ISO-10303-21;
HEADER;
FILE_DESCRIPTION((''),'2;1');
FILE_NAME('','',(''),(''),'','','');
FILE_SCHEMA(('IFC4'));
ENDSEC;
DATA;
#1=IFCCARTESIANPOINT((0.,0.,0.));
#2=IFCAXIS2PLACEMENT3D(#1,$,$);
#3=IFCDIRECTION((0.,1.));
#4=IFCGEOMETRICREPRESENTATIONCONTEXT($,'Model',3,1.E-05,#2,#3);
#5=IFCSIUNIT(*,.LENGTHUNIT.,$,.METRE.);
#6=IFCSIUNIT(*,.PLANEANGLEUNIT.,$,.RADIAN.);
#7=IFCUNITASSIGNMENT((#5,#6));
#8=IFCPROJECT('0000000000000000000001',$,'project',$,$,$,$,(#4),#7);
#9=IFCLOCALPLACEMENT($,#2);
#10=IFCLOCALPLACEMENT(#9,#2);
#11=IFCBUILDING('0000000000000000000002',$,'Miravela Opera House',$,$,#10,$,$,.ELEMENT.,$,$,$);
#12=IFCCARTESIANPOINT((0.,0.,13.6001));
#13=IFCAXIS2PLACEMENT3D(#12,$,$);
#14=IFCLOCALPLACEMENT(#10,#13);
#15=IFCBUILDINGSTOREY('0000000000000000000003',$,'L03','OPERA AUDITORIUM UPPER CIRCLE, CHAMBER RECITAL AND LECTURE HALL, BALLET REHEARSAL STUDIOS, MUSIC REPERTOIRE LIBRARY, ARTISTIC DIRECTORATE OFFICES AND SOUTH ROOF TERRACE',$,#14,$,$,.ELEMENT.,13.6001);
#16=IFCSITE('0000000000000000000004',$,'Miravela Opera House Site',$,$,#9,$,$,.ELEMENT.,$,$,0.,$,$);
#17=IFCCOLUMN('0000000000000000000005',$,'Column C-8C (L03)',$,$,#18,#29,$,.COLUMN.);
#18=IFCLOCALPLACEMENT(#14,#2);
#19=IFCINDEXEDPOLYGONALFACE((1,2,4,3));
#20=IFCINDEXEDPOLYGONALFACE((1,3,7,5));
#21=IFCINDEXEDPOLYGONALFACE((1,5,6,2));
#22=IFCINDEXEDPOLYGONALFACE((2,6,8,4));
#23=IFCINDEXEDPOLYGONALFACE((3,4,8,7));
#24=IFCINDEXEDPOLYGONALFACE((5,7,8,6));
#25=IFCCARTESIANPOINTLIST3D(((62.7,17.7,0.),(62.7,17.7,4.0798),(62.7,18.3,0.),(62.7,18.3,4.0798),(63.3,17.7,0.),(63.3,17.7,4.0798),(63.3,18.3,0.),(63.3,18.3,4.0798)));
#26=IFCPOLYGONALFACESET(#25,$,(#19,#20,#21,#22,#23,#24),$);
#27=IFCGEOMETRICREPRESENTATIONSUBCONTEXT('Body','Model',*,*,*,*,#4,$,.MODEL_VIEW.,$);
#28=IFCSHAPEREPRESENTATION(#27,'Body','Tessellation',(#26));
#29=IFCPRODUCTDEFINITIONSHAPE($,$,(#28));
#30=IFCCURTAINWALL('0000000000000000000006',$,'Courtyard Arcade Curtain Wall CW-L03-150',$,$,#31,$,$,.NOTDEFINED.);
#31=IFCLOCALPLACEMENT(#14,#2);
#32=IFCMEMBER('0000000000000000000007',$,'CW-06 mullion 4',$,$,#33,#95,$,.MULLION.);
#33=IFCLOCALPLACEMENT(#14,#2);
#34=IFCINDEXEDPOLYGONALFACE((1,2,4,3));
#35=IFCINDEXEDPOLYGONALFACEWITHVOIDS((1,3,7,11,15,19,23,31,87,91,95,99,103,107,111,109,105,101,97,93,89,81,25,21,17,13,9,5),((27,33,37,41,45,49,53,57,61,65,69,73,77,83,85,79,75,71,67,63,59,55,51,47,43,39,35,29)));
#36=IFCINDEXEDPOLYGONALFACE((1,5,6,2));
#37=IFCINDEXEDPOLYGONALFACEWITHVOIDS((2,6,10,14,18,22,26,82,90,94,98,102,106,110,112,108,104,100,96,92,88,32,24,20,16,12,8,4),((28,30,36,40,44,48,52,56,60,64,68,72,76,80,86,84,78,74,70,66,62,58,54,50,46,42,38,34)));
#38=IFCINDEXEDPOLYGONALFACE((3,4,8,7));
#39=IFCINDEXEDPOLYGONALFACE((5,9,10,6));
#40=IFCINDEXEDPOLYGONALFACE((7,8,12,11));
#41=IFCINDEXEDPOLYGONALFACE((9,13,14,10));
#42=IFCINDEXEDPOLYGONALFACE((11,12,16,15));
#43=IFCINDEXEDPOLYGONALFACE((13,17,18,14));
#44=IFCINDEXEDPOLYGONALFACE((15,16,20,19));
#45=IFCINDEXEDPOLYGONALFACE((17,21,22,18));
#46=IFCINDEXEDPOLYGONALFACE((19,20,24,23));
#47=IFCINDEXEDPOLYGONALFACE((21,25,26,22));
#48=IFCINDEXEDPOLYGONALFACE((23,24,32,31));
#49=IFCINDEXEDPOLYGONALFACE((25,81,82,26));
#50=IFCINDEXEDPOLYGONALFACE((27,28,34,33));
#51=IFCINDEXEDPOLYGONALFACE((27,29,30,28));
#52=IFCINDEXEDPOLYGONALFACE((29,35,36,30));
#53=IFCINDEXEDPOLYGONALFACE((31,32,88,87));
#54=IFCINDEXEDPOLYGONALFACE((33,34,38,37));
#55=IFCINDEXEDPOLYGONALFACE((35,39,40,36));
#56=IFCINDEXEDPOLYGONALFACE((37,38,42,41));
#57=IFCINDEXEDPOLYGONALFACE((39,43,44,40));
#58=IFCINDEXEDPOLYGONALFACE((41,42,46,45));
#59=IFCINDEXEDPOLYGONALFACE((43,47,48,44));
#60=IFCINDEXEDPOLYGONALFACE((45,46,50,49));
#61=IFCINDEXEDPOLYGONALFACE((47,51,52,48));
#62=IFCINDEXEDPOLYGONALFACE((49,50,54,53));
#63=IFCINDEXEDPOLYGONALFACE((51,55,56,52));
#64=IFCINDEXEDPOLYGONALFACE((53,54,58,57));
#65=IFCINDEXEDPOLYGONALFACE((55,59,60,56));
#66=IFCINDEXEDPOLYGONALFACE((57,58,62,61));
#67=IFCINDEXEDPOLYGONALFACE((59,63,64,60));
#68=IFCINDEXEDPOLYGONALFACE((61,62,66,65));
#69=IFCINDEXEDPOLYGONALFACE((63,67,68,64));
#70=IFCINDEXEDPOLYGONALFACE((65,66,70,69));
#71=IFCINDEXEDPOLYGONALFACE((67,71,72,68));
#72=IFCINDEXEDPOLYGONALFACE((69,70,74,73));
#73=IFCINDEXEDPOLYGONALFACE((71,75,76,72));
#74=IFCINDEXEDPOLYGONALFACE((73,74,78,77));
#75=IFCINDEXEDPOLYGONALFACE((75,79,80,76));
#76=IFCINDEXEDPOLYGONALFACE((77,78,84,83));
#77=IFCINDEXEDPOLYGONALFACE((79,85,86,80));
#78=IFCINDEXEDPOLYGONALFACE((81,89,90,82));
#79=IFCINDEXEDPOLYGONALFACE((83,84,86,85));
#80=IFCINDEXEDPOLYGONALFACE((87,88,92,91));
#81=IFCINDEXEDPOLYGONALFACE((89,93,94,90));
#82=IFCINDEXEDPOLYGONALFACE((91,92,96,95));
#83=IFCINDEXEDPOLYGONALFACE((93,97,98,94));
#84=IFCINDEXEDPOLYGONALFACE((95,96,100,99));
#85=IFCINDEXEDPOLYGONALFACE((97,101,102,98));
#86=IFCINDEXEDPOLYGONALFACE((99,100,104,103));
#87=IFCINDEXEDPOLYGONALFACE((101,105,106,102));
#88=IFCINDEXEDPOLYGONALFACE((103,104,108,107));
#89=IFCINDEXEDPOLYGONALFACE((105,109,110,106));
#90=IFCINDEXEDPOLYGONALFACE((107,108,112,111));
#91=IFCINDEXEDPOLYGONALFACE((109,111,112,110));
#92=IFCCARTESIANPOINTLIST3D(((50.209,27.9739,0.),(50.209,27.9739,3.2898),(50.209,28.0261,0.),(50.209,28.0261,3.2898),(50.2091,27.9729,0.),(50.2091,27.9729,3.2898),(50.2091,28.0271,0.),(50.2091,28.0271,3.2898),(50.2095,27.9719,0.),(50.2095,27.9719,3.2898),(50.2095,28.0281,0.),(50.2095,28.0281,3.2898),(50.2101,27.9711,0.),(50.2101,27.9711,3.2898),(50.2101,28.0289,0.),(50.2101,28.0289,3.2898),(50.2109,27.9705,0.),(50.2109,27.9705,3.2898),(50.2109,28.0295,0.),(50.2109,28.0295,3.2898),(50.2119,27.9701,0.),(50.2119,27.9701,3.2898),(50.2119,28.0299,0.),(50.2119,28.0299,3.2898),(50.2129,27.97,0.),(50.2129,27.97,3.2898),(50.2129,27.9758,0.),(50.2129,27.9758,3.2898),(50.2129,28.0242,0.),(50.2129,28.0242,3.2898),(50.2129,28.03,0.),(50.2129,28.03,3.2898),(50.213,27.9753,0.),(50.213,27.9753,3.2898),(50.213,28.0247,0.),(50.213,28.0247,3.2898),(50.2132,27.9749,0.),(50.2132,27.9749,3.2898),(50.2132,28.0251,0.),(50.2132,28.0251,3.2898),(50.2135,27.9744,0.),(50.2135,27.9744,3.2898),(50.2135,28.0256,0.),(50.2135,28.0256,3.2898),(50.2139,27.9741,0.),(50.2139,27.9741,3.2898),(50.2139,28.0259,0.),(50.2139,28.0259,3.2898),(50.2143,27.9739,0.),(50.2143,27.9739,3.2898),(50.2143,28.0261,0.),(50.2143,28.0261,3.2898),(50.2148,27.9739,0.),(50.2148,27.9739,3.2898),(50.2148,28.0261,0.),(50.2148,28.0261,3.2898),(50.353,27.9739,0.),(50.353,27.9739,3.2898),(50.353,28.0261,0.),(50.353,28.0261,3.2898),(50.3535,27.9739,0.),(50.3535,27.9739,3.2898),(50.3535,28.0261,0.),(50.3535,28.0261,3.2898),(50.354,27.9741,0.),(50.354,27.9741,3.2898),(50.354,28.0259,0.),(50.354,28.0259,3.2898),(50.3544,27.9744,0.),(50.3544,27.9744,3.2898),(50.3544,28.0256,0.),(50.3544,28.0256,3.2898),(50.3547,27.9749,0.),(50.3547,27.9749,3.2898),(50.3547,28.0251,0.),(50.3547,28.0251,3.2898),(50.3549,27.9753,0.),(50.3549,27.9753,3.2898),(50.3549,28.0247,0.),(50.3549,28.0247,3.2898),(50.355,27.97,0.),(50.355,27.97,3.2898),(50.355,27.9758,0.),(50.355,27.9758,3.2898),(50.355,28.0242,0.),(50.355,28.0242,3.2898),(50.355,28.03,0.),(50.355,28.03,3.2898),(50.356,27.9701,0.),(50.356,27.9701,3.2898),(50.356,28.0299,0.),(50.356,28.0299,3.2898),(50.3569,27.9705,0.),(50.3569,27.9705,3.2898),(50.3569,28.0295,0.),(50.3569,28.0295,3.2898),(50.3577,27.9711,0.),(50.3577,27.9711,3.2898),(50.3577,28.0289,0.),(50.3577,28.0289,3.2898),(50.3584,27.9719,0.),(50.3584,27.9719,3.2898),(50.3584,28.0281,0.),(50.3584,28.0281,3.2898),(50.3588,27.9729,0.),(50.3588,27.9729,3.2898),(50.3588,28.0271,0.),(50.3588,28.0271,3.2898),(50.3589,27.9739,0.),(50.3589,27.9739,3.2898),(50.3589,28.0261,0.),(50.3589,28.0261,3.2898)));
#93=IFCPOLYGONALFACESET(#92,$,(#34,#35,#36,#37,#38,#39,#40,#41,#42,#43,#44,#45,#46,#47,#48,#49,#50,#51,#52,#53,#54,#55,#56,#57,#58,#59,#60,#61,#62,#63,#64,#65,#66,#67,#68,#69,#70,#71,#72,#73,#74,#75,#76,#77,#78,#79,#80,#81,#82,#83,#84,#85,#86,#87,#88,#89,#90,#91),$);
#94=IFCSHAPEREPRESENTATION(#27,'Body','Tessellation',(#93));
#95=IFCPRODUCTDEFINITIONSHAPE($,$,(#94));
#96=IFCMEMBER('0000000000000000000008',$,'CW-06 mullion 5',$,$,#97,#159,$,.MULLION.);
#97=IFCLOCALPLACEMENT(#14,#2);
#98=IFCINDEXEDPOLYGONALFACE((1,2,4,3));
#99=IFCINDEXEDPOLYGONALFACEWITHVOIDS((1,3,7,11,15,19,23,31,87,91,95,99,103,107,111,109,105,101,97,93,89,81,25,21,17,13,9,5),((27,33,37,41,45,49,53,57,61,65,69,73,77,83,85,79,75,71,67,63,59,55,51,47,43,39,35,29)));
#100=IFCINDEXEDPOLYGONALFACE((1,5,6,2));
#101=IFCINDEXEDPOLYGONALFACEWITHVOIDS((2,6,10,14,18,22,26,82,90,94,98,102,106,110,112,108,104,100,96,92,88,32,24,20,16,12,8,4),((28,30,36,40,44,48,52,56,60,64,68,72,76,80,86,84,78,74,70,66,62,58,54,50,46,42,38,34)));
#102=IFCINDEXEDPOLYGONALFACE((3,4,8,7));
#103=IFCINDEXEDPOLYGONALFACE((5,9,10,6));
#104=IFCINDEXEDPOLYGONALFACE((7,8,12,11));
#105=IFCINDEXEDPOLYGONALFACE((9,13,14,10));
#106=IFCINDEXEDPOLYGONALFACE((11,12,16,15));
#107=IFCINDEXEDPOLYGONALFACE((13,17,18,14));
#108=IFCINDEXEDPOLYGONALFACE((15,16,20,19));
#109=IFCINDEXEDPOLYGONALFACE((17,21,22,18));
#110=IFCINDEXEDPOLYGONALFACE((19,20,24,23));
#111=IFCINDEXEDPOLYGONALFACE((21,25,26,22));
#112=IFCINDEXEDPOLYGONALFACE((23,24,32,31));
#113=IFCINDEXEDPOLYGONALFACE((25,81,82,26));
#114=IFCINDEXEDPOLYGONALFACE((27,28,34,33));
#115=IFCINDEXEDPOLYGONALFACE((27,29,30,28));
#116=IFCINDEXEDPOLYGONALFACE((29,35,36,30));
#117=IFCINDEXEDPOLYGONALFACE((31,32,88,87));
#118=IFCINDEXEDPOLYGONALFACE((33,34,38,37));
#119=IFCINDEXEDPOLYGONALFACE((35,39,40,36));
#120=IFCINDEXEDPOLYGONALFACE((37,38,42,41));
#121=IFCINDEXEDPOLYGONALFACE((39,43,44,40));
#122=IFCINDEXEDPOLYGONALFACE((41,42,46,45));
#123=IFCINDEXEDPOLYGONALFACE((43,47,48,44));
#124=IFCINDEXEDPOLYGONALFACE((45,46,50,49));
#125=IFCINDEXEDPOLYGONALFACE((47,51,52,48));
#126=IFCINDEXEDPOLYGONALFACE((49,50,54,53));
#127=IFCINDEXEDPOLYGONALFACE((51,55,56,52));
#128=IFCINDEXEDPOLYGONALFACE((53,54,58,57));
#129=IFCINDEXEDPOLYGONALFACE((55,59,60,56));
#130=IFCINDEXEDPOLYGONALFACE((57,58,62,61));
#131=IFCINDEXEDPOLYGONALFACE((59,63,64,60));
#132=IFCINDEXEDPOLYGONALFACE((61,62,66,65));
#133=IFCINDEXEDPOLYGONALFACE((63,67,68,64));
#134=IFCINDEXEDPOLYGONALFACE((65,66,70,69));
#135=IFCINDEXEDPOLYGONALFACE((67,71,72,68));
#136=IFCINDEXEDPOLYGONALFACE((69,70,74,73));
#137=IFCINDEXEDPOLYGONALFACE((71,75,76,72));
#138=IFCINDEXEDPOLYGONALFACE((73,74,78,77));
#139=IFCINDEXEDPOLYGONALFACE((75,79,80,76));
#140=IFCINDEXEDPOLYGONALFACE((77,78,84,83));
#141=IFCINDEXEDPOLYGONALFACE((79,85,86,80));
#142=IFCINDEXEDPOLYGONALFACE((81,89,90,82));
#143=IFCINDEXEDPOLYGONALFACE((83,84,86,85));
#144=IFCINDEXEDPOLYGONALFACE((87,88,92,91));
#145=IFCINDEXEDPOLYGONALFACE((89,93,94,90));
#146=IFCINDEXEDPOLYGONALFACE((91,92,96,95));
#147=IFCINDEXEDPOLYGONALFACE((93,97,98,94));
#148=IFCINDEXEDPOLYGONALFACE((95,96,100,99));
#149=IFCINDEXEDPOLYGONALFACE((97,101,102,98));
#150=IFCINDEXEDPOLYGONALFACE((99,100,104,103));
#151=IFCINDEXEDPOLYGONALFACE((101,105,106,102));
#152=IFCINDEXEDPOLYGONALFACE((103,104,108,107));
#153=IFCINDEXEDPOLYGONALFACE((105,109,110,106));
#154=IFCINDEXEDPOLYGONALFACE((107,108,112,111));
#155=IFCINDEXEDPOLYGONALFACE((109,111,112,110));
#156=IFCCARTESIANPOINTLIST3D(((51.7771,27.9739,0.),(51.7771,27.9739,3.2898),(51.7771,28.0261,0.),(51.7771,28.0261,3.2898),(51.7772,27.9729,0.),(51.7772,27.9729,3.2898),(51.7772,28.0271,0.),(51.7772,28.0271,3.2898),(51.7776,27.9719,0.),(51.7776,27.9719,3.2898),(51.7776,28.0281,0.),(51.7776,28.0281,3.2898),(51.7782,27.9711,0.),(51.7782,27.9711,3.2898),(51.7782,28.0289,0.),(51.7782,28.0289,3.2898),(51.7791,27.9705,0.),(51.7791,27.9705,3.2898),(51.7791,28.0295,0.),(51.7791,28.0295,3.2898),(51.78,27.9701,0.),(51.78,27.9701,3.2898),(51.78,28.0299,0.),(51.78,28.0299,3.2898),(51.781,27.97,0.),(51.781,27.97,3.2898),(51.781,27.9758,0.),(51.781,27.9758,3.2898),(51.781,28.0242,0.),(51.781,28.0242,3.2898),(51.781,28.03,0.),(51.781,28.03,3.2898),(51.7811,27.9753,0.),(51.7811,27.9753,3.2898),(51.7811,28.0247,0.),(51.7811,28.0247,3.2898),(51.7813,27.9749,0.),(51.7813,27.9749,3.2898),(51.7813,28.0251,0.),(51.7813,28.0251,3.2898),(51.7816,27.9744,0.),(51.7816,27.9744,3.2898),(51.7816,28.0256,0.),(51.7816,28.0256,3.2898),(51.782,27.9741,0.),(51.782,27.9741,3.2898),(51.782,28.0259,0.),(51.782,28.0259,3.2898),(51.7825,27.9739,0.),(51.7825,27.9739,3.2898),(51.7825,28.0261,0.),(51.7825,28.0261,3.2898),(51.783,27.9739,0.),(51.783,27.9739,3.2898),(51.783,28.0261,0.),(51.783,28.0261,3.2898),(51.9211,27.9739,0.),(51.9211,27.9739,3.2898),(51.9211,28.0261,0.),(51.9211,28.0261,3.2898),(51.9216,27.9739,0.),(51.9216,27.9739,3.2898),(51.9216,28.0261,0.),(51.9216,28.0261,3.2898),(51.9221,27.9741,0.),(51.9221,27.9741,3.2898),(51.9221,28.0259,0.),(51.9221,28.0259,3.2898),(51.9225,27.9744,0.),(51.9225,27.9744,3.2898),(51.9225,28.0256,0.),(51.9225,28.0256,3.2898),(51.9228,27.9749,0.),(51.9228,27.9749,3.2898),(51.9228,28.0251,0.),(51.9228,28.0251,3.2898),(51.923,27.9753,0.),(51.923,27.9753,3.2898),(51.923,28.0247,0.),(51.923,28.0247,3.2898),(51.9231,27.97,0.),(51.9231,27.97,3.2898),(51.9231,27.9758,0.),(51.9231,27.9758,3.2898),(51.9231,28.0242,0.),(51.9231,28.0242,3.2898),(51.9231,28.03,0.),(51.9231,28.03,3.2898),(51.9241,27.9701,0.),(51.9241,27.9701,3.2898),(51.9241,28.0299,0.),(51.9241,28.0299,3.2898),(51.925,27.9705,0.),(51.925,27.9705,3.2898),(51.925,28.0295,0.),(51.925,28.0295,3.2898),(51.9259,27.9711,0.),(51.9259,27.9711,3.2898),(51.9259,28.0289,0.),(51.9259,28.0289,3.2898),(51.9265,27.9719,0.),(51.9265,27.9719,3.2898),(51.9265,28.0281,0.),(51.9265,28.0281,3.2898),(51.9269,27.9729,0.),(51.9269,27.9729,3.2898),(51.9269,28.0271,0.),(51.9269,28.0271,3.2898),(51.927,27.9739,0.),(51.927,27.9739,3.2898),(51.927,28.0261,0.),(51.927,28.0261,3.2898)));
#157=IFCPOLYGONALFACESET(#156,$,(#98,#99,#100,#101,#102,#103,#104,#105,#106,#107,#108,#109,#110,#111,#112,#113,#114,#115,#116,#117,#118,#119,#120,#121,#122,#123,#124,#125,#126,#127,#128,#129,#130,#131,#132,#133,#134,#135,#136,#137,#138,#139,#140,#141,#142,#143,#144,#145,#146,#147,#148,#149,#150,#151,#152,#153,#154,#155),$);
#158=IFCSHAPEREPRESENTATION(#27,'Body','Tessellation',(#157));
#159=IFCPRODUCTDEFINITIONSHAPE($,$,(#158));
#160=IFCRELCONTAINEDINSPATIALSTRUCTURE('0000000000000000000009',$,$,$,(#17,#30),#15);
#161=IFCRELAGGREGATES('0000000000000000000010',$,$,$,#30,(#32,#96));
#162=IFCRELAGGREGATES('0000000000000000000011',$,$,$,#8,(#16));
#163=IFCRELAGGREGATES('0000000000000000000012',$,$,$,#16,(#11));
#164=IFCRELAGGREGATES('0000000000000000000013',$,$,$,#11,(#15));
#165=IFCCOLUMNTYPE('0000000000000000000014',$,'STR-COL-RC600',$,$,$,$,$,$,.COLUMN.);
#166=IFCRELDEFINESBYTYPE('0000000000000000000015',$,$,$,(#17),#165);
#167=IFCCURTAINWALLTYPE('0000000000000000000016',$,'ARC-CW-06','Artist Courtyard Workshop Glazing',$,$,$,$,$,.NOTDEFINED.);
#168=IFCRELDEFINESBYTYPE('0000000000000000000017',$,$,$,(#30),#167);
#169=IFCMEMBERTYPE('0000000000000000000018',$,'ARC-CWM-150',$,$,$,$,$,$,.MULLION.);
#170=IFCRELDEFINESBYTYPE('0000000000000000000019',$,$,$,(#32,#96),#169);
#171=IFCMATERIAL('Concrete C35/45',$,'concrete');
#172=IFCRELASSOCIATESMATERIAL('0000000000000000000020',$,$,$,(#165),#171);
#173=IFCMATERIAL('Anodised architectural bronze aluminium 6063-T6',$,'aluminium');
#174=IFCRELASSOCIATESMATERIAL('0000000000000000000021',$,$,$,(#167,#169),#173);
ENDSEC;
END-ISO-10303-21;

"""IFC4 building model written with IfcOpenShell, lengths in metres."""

from ifc_helpers import new_model, si_unit, direction, frame, origin, origin_2d, place, context, subcontext, project, spatial, rectangle, hollow_rectangle, extrude, material, material_profile, profile_set, type_object, element, aggregate, save


model = new_model("IFC4")

# Units and contexts
model_context = context("Model", 3, precision=1e-05, world=origin(), true_north=direction((0.0, 1.0)))
body_context = subcontext(model_context, "Body", "Model", "MODEL_VIEW")
ifc_project = project(units=[si_unit("LENGTHUNIT", "METRE"), si_unit("PLANEANGLEUNIT", "RADIAN")], contexts=[model_context])

# Site, building, storey
site_placement = place(None, origin())
site = spatial("IfcSite", under=ifc_project, at=site_placement, Name="Miravela Opera House Site", CompositionType="ELEMENT", RefElevation=0.0)
building_placement = place(site_placement, origin())
building = spatial("IfcBuilding", under=site, at=building_placement, Name="Miravela Opera House", CompositionType="ELEMENT")
storey_placement = place(building_placement, frame((0.0, 0.0, 13.6001)))
storey = spatial("IfcBuildingStorey", under=building, at=storey_placement, Name="L03", Description="OPERA AUDITORIUM UPPER CIRCLE, CHAMBER RECITAL AND LECTURE HALL, BALLET REHEARSAL STUDIOS, MUSIC REPERTOIRE LIBRARY, ARTISTIC DIRECTORATE OFFICES AND SOUTH ROOF TERRACE", CompositionType="ELEMENT", Elevation=13.6001)

# Column
ifc_material_1 = material(Name="Concrete C35/45", Category="concrete")
ifc_material_profile_1 = material_profile(ifc_material_1, rectangle(XDim=0.6001, YDim=0.6001, at=origin_2d()), Name="RC-COL-600X600")
ifc_profile_set_1 = profile_set([ifc_material_profile_1])
column_type = type_object("IfcColumnType", Name="STR-COL-RC600", PredefinedType="COLUMN", material=ifc_profile_set_1)
column_placement = place(storey_placement, frame((63.0, 18.0, 0.0), z_axis=(0.0, 0.0, 1.0), x_axis=(1.0, 0.0, 0.0)))
element("IfcColumn", 1, at=column_placement, inside=storey, type_object=column_type, Name="Column C-8C (L03)", PredefinedType="COLUMN", context=body_context, shape_type="SweptSolid", body=[
    extrude(rectangle(XDim=0.6001, YDim=0.6001, at=origin_2d()), origin(), (0.0, 0.0, 1.0), 4.0798),
])

# Curtain wall, members
ifc_material_2 = material(Name="Anodised architectural bronze aluminium 6063-T6", Category="aluminium")
curtain_wall_type = type_object("IfcCurtainWallType", Name="ARC-CW-06", Description="Artist Courtyard Workshop Glazing", PredefinedType="NOTDEFINED", material=ifc_material_2)
curtain_wall_1_placement = place(storey_placement, origin())
curtain_wall_1 = element("IfcCurtainWall", 2, at=curtain_wall_1_placement, inside=storey, type_object=curtain_wall_type, Name="Courtyard Arcade Curtain Wall CW-L03-150", PredefinedType="NOTDEFINED")
ifc_material_profile_2 = material_profile(ifc_material_2, hollow_rectangle(XDim=0.0601, YDim=0.1499, WallThickness=0.0039, InnerFilletRadius=0.002, OuterFilletRadius=0.0039, at=origin_2d()), Name="CWM-60X150")
ifc_profile_set_2 = profile_set([ifc_material_profile_2])
member_type_1 = type_object("IfcMemberType", Name="ARC-CWM-150", PredefinedType="MULLION", material=ifc_profile_set_2)
member_1_placement = place(storey_placement, frame((50.2839, 28.0, 0.0), z_axis=(0.0, 0.0, 1.0), x_axis=(0.0, 1.0, 0.0)))
member_1 = element("IfcMember", 3, at=member_1_placement, type_object=member_type_1, Name="CW-06 mullion 4", PredefinedType="MULLION", context=body_context, shape_type="SweptSolid", body=[
    extrude(hollow_rectangle(XDim=0.0601, YDim=0.1499, WallThickness=0.0039, InnerFilletRadius=0.002, OuterFilletRadius=0.0039, at=origin_2d()), origin(), (0.0, 0.0, 1.0), 3.2898),
])
member_2_placement = place(storey_placement, frame((51.8521, 28.0, 0.0), z_axis=(0.0, 0.0, 1.0), x_axis=(0.0, 1.0, 0.0)))
member_2 = element("IfcMember", 4, at=member_2_placement, type_object=member_type_1, Name="CW-06 mullion 5", PredefinedType="MULLION", context=body_context, shape_type="SweptSolid", body=[
    extrude(hollow_rectangle(XDim=0.0601, YDim=0.1499, WallThickness=0.0039, InnerFilletRadius=0.002, OuterFilletRadius=0.0039, at=origin_2d()), origin(), (0.0, 0.0, 1.0), 3.2898),
])

aggregate(curtain_wall_1, [member_1, member_2])

save(model, "model.ifc")
